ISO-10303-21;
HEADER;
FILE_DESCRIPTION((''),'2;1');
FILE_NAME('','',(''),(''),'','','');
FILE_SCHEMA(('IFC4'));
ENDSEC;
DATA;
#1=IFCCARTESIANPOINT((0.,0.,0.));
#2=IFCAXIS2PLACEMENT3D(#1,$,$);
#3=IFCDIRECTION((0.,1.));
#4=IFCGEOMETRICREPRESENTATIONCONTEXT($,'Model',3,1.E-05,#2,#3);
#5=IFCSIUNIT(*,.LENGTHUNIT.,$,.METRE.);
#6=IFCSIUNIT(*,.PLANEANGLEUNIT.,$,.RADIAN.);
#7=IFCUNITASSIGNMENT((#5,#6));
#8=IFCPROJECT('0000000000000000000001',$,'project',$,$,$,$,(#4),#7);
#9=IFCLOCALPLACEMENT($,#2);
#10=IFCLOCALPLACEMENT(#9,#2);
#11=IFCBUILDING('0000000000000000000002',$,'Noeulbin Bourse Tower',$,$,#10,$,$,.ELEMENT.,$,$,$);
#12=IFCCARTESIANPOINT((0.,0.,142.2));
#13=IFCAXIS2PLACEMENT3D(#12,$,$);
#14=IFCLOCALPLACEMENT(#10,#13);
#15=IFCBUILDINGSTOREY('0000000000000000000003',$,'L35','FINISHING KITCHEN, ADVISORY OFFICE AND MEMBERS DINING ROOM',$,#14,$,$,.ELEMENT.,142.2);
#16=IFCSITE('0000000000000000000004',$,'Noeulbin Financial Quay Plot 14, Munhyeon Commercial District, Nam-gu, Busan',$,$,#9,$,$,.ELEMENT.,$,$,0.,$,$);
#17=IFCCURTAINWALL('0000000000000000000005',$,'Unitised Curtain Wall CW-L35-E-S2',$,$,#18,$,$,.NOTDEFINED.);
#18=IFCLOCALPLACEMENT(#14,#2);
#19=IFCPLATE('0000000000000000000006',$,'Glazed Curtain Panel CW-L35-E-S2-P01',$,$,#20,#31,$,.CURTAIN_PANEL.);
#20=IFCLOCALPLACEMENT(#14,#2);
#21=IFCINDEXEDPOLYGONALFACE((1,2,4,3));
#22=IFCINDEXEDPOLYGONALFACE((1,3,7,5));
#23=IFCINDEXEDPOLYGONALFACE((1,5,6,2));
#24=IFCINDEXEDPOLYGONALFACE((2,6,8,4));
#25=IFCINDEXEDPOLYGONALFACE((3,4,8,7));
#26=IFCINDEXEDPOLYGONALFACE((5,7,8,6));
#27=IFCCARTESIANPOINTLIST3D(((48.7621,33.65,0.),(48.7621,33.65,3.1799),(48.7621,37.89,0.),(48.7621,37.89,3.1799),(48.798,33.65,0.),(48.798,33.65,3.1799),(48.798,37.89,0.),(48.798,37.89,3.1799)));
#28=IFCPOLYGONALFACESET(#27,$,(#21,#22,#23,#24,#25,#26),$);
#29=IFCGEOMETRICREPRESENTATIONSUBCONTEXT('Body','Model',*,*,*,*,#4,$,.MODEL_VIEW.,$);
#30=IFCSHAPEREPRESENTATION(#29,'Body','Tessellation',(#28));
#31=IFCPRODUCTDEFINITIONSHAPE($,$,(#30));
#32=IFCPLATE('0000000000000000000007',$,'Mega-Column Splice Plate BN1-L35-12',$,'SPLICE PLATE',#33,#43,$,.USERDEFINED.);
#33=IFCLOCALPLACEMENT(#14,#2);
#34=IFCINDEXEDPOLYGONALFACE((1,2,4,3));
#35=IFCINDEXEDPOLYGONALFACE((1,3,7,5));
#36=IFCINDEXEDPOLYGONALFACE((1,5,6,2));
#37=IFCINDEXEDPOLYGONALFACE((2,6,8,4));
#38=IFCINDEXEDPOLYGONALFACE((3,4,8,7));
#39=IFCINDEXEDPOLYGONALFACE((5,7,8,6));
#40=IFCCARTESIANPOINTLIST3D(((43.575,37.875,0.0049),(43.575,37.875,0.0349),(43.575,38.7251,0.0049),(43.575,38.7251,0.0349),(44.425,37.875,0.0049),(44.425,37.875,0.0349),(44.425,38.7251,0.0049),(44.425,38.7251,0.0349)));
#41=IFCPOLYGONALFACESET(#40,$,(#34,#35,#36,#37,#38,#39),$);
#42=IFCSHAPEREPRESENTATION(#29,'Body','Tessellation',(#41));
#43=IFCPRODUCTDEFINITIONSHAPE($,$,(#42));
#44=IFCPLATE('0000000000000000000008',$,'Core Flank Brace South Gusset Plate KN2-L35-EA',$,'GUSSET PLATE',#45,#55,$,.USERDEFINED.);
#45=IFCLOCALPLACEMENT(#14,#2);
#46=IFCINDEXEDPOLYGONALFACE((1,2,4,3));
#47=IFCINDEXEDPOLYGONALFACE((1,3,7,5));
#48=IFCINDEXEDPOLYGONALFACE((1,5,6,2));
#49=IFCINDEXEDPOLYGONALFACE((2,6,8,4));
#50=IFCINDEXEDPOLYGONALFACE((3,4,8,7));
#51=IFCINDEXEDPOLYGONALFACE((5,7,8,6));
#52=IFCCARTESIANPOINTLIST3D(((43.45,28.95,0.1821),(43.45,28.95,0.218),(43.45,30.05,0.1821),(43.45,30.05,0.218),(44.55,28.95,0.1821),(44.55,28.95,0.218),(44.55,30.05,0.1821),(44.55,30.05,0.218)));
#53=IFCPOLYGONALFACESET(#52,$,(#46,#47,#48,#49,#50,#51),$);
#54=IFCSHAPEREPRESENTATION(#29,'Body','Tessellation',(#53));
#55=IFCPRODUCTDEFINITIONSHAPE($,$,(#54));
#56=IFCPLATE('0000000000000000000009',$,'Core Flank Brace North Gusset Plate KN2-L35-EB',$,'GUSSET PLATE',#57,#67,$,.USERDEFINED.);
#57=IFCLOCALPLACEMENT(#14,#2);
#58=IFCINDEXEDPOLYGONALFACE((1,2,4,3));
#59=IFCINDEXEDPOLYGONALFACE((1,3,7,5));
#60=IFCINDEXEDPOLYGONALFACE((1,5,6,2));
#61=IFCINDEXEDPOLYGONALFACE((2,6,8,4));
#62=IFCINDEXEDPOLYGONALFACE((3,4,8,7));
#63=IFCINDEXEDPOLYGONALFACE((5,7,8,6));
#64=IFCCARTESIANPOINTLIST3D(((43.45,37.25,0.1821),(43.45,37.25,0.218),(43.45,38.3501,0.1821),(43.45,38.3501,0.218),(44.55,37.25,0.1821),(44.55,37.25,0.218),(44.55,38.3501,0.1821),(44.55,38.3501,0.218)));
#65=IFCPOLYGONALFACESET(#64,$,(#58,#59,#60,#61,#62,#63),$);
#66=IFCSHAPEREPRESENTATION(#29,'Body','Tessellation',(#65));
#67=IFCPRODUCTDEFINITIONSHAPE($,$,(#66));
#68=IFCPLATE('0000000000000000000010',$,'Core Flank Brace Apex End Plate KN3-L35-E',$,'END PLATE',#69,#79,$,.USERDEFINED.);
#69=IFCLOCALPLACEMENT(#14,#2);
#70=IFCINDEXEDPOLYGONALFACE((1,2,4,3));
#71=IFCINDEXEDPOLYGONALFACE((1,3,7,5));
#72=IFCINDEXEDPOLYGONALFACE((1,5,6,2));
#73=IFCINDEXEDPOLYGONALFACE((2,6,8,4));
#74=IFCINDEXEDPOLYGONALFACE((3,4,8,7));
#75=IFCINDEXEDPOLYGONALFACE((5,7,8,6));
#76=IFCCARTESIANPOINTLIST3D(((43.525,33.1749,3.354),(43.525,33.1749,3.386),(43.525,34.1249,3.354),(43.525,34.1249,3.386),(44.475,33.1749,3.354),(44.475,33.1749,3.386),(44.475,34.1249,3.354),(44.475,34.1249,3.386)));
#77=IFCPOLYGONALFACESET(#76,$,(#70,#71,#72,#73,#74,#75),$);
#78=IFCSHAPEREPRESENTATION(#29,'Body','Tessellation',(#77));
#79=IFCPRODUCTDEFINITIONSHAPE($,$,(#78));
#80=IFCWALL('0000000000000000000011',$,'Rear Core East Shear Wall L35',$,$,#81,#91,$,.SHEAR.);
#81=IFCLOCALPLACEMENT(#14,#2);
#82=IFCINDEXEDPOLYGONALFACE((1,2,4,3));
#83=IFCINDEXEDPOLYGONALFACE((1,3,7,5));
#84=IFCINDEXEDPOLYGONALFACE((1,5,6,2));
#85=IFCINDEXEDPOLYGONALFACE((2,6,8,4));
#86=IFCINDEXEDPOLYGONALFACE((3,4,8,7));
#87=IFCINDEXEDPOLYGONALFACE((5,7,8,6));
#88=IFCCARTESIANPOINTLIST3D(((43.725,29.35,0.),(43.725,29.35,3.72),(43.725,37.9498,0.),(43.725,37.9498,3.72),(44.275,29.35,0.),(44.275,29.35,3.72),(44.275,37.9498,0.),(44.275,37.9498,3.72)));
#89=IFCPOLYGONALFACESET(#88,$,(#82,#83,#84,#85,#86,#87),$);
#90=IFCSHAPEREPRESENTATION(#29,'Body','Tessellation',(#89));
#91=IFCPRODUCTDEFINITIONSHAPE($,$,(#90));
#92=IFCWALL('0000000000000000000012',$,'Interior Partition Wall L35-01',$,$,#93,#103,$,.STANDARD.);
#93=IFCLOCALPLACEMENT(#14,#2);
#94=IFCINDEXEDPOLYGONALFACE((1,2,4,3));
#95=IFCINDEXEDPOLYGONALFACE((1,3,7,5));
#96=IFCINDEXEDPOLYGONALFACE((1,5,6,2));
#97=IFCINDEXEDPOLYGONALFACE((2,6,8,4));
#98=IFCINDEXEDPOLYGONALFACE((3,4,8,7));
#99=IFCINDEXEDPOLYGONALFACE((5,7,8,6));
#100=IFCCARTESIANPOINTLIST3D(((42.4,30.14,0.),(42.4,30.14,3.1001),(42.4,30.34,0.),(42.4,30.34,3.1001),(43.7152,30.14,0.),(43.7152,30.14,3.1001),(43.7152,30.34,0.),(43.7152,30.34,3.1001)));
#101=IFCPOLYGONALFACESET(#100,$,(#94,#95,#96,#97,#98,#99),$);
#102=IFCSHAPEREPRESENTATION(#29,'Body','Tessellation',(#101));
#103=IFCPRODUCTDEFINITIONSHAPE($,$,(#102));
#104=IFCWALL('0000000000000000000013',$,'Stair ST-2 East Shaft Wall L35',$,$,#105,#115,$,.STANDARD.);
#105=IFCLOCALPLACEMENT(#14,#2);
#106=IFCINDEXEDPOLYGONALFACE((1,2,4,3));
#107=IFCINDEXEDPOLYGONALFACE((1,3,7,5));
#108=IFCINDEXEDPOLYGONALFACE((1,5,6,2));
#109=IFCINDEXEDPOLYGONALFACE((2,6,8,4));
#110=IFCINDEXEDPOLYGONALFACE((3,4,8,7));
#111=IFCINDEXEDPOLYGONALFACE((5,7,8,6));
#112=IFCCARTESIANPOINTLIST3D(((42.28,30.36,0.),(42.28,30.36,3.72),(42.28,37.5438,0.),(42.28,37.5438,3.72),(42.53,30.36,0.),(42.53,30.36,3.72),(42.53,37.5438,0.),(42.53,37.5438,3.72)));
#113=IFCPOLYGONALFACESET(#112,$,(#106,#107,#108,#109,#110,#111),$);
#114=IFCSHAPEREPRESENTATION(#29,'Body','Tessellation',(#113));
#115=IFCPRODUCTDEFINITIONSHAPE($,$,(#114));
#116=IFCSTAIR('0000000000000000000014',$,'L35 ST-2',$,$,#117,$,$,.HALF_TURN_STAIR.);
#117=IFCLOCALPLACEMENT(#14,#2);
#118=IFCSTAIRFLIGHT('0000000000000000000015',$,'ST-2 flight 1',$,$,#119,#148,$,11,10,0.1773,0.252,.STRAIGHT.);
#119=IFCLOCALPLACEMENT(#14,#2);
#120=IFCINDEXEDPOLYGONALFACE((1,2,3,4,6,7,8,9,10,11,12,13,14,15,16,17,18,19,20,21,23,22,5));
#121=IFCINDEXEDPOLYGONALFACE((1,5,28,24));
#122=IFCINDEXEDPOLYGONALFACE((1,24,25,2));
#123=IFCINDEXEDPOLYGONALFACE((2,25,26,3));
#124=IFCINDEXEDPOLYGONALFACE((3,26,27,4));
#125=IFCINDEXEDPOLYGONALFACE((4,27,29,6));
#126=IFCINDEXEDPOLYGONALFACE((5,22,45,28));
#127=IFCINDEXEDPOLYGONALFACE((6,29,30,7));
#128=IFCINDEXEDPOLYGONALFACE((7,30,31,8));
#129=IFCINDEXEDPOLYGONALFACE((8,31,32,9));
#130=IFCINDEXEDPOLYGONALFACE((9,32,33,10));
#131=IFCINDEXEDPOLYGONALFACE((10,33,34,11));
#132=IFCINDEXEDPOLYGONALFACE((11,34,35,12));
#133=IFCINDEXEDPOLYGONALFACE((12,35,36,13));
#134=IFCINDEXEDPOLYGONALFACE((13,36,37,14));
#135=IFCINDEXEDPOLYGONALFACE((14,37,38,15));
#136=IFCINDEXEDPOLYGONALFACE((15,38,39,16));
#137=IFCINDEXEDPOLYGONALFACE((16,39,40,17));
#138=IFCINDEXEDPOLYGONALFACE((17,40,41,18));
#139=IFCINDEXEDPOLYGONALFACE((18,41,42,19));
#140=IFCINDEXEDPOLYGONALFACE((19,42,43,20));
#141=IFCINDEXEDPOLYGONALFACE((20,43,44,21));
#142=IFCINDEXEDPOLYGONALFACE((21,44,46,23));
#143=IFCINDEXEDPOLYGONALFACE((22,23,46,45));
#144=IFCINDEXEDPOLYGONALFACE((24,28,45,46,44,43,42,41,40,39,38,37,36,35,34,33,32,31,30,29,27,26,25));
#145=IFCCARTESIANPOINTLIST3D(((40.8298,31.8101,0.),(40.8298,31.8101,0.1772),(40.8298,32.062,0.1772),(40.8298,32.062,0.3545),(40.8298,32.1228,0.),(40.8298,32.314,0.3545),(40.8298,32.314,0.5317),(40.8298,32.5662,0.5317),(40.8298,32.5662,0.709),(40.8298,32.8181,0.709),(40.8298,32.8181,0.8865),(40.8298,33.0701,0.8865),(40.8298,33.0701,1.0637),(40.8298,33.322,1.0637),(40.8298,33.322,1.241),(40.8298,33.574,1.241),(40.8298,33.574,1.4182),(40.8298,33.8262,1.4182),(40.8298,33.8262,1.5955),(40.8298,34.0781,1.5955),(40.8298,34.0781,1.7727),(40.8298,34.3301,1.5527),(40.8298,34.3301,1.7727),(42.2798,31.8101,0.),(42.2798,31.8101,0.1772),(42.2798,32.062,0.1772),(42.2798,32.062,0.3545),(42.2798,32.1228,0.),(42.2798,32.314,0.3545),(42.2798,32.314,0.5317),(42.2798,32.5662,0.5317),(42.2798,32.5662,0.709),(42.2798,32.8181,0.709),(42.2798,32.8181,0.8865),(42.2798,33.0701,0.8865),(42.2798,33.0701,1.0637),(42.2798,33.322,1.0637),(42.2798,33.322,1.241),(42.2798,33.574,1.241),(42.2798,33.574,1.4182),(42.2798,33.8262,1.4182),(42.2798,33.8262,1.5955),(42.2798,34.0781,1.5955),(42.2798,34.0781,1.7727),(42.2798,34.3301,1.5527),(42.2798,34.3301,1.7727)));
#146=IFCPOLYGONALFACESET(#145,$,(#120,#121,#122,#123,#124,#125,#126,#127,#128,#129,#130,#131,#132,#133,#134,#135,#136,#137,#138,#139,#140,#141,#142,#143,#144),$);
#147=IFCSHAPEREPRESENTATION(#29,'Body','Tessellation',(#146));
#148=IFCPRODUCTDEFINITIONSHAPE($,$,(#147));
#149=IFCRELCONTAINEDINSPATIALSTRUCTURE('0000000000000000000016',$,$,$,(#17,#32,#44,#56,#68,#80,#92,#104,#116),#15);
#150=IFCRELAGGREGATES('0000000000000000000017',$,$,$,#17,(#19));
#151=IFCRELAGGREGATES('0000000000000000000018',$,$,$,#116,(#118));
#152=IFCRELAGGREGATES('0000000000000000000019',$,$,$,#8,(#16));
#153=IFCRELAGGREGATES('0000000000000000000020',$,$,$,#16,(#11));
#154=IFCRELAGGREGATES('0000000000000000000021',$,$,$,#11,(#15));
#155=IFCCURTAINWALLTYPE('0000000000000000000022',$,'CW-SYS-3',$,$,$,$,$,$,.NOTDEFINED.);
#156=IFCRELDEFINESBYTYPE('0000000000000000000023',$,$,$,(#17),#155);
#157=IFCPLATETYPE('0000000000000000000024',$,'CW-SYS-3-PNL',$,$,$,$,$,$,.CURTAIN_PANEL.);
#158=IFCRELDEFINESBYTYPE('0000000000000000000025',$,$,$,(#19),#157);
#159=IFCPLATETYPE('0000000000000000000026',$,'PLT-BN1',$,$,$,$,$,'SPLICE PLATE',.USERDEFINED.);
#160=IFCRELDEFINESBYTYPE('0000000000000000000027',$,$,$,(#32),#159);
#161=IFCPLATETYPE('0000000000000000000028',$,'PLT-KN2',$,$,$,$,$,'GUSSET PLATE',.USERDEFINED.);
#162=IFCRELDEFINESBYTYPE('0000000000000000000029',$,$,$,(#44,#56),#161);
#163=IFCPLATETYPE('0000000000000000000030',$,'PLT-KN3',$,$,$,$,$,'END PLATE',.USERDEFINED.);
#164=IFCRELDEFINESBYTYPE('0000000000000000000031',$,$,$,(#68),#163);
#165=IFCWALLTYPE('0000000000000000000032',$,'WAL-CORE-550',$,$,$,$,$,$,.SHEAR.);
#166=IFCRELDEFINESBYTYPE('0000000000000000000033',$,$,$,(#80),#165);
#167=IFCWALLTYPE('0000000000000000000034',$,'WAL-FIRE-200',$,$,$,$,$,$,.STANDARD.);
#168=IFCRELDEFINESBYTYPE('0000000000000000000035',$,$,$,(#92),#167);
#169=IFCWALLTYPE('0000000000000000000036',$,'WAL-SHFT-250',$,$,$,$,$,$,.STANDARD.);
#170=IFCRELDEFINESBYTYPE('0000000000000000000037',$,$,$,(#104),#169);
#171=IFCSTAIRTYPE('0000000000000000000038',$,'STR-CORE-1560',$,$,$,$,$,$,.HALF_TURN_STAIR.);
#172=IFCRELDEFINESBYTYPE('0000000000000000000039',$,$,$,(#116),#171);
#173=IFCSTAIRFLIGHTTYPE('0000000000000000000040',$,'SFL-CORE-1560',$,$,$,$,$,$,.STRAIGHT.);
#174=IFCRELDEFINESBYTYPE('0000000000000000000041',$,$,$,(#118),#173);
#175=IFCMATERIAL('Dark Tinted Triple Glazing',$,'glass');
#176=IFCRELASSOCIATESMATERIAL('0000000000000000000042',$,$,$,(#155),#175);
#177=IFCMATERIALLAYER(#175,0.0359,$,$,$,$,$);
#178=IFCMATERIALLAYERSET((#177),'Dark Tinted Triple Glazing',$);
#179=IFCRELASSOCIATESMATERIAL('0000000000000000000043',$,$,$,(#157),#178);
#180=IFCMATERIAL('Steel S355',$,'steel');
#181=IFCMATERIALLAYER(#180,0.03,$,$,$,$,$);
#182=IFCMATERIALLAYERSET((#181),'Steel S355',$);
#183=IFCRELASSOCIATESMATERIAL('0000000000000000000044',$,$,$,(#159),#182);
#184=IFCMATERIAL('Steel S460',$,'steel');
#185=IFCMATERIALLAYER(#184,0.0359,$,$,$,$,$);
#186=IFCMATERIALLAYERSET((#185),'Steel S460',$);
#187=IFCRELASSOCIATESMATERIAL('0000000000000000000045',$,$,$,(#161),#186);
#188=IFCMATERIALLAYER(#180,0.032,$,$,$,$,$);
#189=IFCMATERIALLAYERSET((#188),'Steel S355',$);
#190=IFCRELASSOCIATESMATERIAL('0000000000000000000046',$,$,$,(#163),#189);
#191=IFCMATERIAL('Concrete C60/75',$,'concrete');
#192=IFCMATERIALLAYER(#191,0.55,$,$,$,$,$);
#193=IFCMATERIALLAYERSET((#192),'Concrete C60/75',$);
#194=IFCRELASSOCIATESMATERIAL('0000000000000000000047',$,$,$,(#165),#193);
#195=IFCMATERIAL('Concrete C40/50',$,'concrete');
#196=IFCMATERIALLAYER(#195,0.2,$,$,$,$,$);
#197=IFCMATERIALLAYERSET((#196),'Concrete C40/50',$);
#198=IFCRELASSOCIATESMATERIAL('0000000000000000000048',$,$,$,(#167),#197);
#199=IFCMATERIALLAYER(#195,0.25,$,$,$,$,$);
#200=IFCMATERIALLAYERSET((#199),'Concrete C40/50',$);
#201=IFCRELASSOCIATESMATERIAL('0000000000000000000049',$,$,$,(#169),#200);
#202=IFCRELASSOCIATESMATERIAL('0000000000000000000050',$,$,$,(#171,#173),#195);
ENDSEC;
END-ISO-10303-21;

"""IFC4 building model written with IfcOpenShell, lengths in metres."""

from ifc_helpers import new_model, si_unit, direction, frame, frame_2d, origin, origin_2d, place, context, subcontext, project, spatial, polyline, rectangle, outline, extrude, material, layer, layer_set, type_object, element, aggregate, save


model = new_model("IFC4")

# Units and contexts
model_context = context("Model", 3, precision=1e-05, world=origin(), true_north=direction((0.0, 1.0)))
body_context = subcontext(model_context, "Body", "Model", "MODEL_VIEW")
ifc_project = project(units=[si_unit("LENGTHUNIT", "METRE"), si_unit("PLANEANGLEUNIT", "RADIAN")], contexts=[model_context])

# Site, building, storey
site_placement = place(None, origin())
site = spatial("IfcSite", under=ifc_project, at=site_placement, Name="Noeulbin Financial Quay Plot 14, Munhyeon Commercial District, Nam-gu, Busan", CompositionType="ELEMENT", RefElevation=0.0)
building_placement = place(site_placement, origin())
building = spatial("IfcBuilding", under=site, at=building_placement, Name="Noeulbin Bourse Tower", CompositionType="ELEMENT")
storey_placement = place(building_placement, frame((0.0, 0.0, 142.2)))
storey = spatial("IfcBuildingStorey", under=building, at=storey_placement, Name="L35", Description="FINISHING KITCHEN, ADVISORY OFFICE AND MEMBERS DINING ROOM", CompositionType="ELEMENT", Elevation=142.2)

# Shared definitions
ifc_material_1 = material(Name="Steel S460", Category="steel")

# Shared definitions
ifc_material_2 = material(Name="Steel S355", Category="steel")

# Curtain wall
ifc_material_3 = material(Name="Dark Tinted Triple Glazing", Category="glass")
curtain_wall_type = type_object("IfcCurtainWallType", Name="CW-SYS-3", PredefinedType="NOTDEFINED", material=ifc_material_3)
curtain_wall_placement = place(storey_placement, origin())
curtain_wall = element("IfcCurtainWall", 1, at=curtain_wall_placement, inside=storey, type_object=curtain_wall_type, Name="Unitised Curtain Wall CW-L35-E-S2", PredefinedType="NOTDEFINED")

# Plate
ifc_layer_1 = layer(ifc_material_3, 0.0359)
ifc_layer_set_1 = layer_set([ifc_layer_1], Name="Dark Tinted Triple Glazing")
plate_type_1 = type_object("IfcPlateType", Name="CW-SYS-3-PNL", PredefinedType="CURTAIN_PANEL", material=ifc_layer_set_1)
plate_1_placement = place(storey_placement, frame((48.78, 35.77, 0.0), z_axis=(0.0, 0.0, 1.0), x_axis=(0.0, 1.0, 0.0)))
plate_1 = element("IfcPlate", 2, at=plate_1_placement, type_object=plate_type_1, Name="Glazed Curtain Panel CW-L35-E-S2-P01", PredefinedType="CURTAIN_PANEL", context=body_context, shape_type="SweptSolid", body=[
    extrude(rectangle(XDim=4.24, YDim=0.0359, at=origin_2d()), origin(), (0.0, 0.0, 1.0), 3.1799),
])
aggregate(curtain_wall, [plate_1])

# Plates
ifc_layer_2 = layer(ifc_material_2, 0.03)
ifc_layer_set_2 = layer_set([ifc_layer_2], Name="Steel S355")
plate_type_2 = type_object("IfcPlateType", Name="PLT-BN1", ElementType="SPLICE PLATE", PredefinedType="USERDEFINED", material=ifc_layer_set_2)
plate_2_placement = place(storey_placement, frame((44.0, 38.3, 0.0049), z_axis=(0.0, 0.0, 1.0), x_axis=(1.0, 0.0, 0.0)))
element("IfcPlate", 3, at=plate_2_placement, inside=storey, type_object=plate_type_2, Name="Mega-Column Splice Plate BN1-L35-12", ObjectType="SPLICE PLATE", PredefinedType="USERDEFINED", context=body_context, shape_type="SweptSolid", body=[
    extrude(rectangle(XDim=0.8501, YDim=0.8501, at=origin_2d()), origin(), (0.0, 0.0, 1.0), 0.03),
])
ifc_layer_3 = layer(ifc_material_1, 0.0359)
ifc_layer_set_3 = layer_set([ifc_layer_3], Name="Steel S460")
plate_type_3 = type_object("IfcPlateType", Name="PLT-KN2", ElementType="GUSSET PLATE", PredefinedType="USERDEFINED", material=ifc_layer_set_3)
for number, where, z_axis, x_axis, name in (
    (4, (44.0, 29.5, 0.1821), (0.0, 0.0, 1.0), (1.0, 0.0, 0.0), "Core Flank Brace South Gusset Plate KN2-L35-EA"),
    (5, (44.0, 37.8, 0.1821), (0.0, 0.0, 1.0), (1.0, 0.0, 0.0), "Core Flank Brace North Gusset Plate KN2-L35-EB"),
):
    element("IfcPlate", number, at=place(storey_placement, frame(where, z_axis=z_axis, x_axis=x_axis)), inside=storey, type_object=plate_type_3, Name=name, ObjectType="GUSSET PLATE", PredefinedType="USERDEFINED", context=body_context, shape_type="SweptSolid", body=[
        extrude(rectangle(XDim=1.1001, YDim=1.1001, at=origin_2d()), origin(), (0.0, 0.0, 1.0), 0.0359),
    ])
ifc_layer_4 = layer(ifc_material_2, 0.032)
ifc_layer_set_4 = layer_set([ifc_layer_4], Name="Steel S355")
plate_type_4 = type_object("IfcPlateType", Name="PLT-KN3", ElementType="END PLATE", PredefinedType="USERDEFINED", material=ifc_layer_set_4)
plate_3_placement = place(storey_placement, frame((44.0, 33.6499, 3.354), z_axis=(0.0, 0.0, 1.0), x_axis=(1.0, 0.0, 0.0)))
element("IfcPlate", 6, at=plate_3_placement, inside=storey, type_object=plate_type_4, Name="Core Flank Brace Apex End Plate KN3-L35-E", ObjectType="END PLATE", PredefinedType="USERDEFINED", context=body_context, shape_type="SweptSolid", body=[
    extrude(rectangle(XDim=0.95, YDim=0.95, at=origin_2d()), origin(), (0.0, 0.0, 1.0), 0.032),
])

# Walls
ifc_material_4 = material(Name="Concrete C60/75", Category="concrete")
ifc_layer_5 = layer(ifc_material_4, 0.55)
ifc_layer_set_5 = layer_set([ifc_layer_5], Name="Concrete C60/75")
wall_type_1 = type_object("IfcWallType", Name="WAL-CORE-550", PredefinedType="SHEAR", material=ifc_layer_set_5)
wall_1_placement = place(storey_placement, frame((44.0, 29.3501, 0.0), z_axis=(0.0, 0.0, 1.0), x_axis=(0.0, 1.0, 0.0)))
element("IfcWall", 7, at=wall_1_placement, inside=storey, type_object=wall_type_1, Name="Rear Core East Shear Wall L35", PredefinedType="SHEAR", context=body_context, shape_type="SweptSolid", body=[
    extrude(rectangle(XDim=8.5999, YDim=0.55, at=frame_2d((4.2998, 0.0))), origin(), (0.0, 0.0, 1.0), 3.72),
])
ifc_material_5 = material(Name="Concrete C40/50", Category="concrete")
ifc_layer_6 = layer(ifc_material_5, 0.2)
ifc_layer_set_6 = layer_set([ifc_layer_6], Name="Concrete C40/50")
wall_type_2 = type_object("IfcWallType", Name="WAL-FIRE-200", PredefinedType="STANDARD", material=ifc_layer_set_6)
wall_2_placement = place(storey_placement, frame((42.3999, 30.24, 0.0), z_axis=(0.0, 0.0, 1.0), x_axis=(1.0, 0.0, 0.0)))
element("IfcWall", 8, at=wall_2_placement, inside=storey, type_object=wall_type_2, Name="Interior Partition Wall L35-01", PredefinedType="STANDARD", context=body_context, shape_type="SweptSolid", body=[
    extrude(rectangle(XDim=1.3152, YDim=0.2, at=frame_2d((0.6577, 0.0))), origin(), (0.0, 0.0, 1.0), 3.1001),
])
ifc_layer_7 = layer(ifc_material_5, 0.25)
ifc_layer_set_7 = layer_set([ifc_layer_7], Name="Concrete C40/50")
wall_type_3 = type_object("IfcWallType", Name="WAL-SHFT-250", PredefinedType="STANDARD", material=ifc_layer_set_7)
wall_3_placement = place(storey_placement, frame((42.405, 30.3601, 0.0), z_axis=(0.0, 0.0, 1.0), x_axis=(0.0, 1.0, 0.0)))
element("IfcWall", 9, at=wall_3_placement, inside=storey, type_object=wall_type_3, Name="Stair ST-2 East Shaft Wall L35", PredefinedType="STANDARD", context=body_context, shape_type="SweptSolid", body=[
    extrude(rectangle(XDim=7.1838, YDim=0.25, at=frame_2d((3.5918, 0.0))), origin(), (0.0, 0.0, 1.0), 3.72),
])

# Stair, stair flight
stair_type = type_object("IfcStairType", Name="STR-CORE-1560", PredefinedType="HALF_TURN_STAIR", material=ifc_material_5)
stair_placement = place(storey_placement, origin())
stair = element("IfcStair", 10, at=stair_placement, inside=storey, type_object=stair_type, Name="L35 ST-2", PredefinedType="HALF_TURN_STAIR")
stair_flight_type = type_object("IfcStairFlightType", Name="SFL-CORE-1560", PredefinedType="STRAIGHT", material=ifc_material_5)
stair_flight_placement = place(storey_placement, frame((41.5549, 31.8101, 0.0), z_axis=(0.0, 0.0, 1.0), x_axis=(0.0, 1.0, 0.0)))
stair_flight = element("IfcStairFlight", 11, at=stair_flight_placement, type_object=stair_flight_type, Name="ST-2 flight 1", NumberOfRisers=11, NumberOfTreads=10, PredefinedType="STRAIGHT", RiserHeight=0.1773, TreadLength=0.252, context=body_context, shape_type="SweptSolid", body=[
    extrude(outline(polyline([(0.0, 0.0), (0.0, 0.1772), (0.252, 0.1772), (0.252, 0.3545), (0.5039, 0.3545), (0.5039, 0.5317), (0.7561, 0.5317), (0.7561, 0.709), (1.0081, 0.709), (1.0081, 0.8865), (1.26, 0.8865), (1.26, 1.0637), (1.512, 1.0637), (1.512, 1.241), (1.7639, 1.241), (1.7639, 1.4182), (2.0161, 1.4182), (2.0161, 1.5955), (2.2681, 1.5955), (2.2681, 1.7727), (2.52, 1.7727), (2.52, 1.95), (2.52, 1.5527), (0.3127, 0.0), (0.0, 0.0)])), frame((0.0, 0.7251, 0.0), z_axis=(0.0, -1.0, 0.0), x_axis=(1.0, 0.0, 0.0)), (0.0, 0.0, 1.0), 1.45),
])
aggregate(stair, [stair_flight])

save(model, "model.ifc")
